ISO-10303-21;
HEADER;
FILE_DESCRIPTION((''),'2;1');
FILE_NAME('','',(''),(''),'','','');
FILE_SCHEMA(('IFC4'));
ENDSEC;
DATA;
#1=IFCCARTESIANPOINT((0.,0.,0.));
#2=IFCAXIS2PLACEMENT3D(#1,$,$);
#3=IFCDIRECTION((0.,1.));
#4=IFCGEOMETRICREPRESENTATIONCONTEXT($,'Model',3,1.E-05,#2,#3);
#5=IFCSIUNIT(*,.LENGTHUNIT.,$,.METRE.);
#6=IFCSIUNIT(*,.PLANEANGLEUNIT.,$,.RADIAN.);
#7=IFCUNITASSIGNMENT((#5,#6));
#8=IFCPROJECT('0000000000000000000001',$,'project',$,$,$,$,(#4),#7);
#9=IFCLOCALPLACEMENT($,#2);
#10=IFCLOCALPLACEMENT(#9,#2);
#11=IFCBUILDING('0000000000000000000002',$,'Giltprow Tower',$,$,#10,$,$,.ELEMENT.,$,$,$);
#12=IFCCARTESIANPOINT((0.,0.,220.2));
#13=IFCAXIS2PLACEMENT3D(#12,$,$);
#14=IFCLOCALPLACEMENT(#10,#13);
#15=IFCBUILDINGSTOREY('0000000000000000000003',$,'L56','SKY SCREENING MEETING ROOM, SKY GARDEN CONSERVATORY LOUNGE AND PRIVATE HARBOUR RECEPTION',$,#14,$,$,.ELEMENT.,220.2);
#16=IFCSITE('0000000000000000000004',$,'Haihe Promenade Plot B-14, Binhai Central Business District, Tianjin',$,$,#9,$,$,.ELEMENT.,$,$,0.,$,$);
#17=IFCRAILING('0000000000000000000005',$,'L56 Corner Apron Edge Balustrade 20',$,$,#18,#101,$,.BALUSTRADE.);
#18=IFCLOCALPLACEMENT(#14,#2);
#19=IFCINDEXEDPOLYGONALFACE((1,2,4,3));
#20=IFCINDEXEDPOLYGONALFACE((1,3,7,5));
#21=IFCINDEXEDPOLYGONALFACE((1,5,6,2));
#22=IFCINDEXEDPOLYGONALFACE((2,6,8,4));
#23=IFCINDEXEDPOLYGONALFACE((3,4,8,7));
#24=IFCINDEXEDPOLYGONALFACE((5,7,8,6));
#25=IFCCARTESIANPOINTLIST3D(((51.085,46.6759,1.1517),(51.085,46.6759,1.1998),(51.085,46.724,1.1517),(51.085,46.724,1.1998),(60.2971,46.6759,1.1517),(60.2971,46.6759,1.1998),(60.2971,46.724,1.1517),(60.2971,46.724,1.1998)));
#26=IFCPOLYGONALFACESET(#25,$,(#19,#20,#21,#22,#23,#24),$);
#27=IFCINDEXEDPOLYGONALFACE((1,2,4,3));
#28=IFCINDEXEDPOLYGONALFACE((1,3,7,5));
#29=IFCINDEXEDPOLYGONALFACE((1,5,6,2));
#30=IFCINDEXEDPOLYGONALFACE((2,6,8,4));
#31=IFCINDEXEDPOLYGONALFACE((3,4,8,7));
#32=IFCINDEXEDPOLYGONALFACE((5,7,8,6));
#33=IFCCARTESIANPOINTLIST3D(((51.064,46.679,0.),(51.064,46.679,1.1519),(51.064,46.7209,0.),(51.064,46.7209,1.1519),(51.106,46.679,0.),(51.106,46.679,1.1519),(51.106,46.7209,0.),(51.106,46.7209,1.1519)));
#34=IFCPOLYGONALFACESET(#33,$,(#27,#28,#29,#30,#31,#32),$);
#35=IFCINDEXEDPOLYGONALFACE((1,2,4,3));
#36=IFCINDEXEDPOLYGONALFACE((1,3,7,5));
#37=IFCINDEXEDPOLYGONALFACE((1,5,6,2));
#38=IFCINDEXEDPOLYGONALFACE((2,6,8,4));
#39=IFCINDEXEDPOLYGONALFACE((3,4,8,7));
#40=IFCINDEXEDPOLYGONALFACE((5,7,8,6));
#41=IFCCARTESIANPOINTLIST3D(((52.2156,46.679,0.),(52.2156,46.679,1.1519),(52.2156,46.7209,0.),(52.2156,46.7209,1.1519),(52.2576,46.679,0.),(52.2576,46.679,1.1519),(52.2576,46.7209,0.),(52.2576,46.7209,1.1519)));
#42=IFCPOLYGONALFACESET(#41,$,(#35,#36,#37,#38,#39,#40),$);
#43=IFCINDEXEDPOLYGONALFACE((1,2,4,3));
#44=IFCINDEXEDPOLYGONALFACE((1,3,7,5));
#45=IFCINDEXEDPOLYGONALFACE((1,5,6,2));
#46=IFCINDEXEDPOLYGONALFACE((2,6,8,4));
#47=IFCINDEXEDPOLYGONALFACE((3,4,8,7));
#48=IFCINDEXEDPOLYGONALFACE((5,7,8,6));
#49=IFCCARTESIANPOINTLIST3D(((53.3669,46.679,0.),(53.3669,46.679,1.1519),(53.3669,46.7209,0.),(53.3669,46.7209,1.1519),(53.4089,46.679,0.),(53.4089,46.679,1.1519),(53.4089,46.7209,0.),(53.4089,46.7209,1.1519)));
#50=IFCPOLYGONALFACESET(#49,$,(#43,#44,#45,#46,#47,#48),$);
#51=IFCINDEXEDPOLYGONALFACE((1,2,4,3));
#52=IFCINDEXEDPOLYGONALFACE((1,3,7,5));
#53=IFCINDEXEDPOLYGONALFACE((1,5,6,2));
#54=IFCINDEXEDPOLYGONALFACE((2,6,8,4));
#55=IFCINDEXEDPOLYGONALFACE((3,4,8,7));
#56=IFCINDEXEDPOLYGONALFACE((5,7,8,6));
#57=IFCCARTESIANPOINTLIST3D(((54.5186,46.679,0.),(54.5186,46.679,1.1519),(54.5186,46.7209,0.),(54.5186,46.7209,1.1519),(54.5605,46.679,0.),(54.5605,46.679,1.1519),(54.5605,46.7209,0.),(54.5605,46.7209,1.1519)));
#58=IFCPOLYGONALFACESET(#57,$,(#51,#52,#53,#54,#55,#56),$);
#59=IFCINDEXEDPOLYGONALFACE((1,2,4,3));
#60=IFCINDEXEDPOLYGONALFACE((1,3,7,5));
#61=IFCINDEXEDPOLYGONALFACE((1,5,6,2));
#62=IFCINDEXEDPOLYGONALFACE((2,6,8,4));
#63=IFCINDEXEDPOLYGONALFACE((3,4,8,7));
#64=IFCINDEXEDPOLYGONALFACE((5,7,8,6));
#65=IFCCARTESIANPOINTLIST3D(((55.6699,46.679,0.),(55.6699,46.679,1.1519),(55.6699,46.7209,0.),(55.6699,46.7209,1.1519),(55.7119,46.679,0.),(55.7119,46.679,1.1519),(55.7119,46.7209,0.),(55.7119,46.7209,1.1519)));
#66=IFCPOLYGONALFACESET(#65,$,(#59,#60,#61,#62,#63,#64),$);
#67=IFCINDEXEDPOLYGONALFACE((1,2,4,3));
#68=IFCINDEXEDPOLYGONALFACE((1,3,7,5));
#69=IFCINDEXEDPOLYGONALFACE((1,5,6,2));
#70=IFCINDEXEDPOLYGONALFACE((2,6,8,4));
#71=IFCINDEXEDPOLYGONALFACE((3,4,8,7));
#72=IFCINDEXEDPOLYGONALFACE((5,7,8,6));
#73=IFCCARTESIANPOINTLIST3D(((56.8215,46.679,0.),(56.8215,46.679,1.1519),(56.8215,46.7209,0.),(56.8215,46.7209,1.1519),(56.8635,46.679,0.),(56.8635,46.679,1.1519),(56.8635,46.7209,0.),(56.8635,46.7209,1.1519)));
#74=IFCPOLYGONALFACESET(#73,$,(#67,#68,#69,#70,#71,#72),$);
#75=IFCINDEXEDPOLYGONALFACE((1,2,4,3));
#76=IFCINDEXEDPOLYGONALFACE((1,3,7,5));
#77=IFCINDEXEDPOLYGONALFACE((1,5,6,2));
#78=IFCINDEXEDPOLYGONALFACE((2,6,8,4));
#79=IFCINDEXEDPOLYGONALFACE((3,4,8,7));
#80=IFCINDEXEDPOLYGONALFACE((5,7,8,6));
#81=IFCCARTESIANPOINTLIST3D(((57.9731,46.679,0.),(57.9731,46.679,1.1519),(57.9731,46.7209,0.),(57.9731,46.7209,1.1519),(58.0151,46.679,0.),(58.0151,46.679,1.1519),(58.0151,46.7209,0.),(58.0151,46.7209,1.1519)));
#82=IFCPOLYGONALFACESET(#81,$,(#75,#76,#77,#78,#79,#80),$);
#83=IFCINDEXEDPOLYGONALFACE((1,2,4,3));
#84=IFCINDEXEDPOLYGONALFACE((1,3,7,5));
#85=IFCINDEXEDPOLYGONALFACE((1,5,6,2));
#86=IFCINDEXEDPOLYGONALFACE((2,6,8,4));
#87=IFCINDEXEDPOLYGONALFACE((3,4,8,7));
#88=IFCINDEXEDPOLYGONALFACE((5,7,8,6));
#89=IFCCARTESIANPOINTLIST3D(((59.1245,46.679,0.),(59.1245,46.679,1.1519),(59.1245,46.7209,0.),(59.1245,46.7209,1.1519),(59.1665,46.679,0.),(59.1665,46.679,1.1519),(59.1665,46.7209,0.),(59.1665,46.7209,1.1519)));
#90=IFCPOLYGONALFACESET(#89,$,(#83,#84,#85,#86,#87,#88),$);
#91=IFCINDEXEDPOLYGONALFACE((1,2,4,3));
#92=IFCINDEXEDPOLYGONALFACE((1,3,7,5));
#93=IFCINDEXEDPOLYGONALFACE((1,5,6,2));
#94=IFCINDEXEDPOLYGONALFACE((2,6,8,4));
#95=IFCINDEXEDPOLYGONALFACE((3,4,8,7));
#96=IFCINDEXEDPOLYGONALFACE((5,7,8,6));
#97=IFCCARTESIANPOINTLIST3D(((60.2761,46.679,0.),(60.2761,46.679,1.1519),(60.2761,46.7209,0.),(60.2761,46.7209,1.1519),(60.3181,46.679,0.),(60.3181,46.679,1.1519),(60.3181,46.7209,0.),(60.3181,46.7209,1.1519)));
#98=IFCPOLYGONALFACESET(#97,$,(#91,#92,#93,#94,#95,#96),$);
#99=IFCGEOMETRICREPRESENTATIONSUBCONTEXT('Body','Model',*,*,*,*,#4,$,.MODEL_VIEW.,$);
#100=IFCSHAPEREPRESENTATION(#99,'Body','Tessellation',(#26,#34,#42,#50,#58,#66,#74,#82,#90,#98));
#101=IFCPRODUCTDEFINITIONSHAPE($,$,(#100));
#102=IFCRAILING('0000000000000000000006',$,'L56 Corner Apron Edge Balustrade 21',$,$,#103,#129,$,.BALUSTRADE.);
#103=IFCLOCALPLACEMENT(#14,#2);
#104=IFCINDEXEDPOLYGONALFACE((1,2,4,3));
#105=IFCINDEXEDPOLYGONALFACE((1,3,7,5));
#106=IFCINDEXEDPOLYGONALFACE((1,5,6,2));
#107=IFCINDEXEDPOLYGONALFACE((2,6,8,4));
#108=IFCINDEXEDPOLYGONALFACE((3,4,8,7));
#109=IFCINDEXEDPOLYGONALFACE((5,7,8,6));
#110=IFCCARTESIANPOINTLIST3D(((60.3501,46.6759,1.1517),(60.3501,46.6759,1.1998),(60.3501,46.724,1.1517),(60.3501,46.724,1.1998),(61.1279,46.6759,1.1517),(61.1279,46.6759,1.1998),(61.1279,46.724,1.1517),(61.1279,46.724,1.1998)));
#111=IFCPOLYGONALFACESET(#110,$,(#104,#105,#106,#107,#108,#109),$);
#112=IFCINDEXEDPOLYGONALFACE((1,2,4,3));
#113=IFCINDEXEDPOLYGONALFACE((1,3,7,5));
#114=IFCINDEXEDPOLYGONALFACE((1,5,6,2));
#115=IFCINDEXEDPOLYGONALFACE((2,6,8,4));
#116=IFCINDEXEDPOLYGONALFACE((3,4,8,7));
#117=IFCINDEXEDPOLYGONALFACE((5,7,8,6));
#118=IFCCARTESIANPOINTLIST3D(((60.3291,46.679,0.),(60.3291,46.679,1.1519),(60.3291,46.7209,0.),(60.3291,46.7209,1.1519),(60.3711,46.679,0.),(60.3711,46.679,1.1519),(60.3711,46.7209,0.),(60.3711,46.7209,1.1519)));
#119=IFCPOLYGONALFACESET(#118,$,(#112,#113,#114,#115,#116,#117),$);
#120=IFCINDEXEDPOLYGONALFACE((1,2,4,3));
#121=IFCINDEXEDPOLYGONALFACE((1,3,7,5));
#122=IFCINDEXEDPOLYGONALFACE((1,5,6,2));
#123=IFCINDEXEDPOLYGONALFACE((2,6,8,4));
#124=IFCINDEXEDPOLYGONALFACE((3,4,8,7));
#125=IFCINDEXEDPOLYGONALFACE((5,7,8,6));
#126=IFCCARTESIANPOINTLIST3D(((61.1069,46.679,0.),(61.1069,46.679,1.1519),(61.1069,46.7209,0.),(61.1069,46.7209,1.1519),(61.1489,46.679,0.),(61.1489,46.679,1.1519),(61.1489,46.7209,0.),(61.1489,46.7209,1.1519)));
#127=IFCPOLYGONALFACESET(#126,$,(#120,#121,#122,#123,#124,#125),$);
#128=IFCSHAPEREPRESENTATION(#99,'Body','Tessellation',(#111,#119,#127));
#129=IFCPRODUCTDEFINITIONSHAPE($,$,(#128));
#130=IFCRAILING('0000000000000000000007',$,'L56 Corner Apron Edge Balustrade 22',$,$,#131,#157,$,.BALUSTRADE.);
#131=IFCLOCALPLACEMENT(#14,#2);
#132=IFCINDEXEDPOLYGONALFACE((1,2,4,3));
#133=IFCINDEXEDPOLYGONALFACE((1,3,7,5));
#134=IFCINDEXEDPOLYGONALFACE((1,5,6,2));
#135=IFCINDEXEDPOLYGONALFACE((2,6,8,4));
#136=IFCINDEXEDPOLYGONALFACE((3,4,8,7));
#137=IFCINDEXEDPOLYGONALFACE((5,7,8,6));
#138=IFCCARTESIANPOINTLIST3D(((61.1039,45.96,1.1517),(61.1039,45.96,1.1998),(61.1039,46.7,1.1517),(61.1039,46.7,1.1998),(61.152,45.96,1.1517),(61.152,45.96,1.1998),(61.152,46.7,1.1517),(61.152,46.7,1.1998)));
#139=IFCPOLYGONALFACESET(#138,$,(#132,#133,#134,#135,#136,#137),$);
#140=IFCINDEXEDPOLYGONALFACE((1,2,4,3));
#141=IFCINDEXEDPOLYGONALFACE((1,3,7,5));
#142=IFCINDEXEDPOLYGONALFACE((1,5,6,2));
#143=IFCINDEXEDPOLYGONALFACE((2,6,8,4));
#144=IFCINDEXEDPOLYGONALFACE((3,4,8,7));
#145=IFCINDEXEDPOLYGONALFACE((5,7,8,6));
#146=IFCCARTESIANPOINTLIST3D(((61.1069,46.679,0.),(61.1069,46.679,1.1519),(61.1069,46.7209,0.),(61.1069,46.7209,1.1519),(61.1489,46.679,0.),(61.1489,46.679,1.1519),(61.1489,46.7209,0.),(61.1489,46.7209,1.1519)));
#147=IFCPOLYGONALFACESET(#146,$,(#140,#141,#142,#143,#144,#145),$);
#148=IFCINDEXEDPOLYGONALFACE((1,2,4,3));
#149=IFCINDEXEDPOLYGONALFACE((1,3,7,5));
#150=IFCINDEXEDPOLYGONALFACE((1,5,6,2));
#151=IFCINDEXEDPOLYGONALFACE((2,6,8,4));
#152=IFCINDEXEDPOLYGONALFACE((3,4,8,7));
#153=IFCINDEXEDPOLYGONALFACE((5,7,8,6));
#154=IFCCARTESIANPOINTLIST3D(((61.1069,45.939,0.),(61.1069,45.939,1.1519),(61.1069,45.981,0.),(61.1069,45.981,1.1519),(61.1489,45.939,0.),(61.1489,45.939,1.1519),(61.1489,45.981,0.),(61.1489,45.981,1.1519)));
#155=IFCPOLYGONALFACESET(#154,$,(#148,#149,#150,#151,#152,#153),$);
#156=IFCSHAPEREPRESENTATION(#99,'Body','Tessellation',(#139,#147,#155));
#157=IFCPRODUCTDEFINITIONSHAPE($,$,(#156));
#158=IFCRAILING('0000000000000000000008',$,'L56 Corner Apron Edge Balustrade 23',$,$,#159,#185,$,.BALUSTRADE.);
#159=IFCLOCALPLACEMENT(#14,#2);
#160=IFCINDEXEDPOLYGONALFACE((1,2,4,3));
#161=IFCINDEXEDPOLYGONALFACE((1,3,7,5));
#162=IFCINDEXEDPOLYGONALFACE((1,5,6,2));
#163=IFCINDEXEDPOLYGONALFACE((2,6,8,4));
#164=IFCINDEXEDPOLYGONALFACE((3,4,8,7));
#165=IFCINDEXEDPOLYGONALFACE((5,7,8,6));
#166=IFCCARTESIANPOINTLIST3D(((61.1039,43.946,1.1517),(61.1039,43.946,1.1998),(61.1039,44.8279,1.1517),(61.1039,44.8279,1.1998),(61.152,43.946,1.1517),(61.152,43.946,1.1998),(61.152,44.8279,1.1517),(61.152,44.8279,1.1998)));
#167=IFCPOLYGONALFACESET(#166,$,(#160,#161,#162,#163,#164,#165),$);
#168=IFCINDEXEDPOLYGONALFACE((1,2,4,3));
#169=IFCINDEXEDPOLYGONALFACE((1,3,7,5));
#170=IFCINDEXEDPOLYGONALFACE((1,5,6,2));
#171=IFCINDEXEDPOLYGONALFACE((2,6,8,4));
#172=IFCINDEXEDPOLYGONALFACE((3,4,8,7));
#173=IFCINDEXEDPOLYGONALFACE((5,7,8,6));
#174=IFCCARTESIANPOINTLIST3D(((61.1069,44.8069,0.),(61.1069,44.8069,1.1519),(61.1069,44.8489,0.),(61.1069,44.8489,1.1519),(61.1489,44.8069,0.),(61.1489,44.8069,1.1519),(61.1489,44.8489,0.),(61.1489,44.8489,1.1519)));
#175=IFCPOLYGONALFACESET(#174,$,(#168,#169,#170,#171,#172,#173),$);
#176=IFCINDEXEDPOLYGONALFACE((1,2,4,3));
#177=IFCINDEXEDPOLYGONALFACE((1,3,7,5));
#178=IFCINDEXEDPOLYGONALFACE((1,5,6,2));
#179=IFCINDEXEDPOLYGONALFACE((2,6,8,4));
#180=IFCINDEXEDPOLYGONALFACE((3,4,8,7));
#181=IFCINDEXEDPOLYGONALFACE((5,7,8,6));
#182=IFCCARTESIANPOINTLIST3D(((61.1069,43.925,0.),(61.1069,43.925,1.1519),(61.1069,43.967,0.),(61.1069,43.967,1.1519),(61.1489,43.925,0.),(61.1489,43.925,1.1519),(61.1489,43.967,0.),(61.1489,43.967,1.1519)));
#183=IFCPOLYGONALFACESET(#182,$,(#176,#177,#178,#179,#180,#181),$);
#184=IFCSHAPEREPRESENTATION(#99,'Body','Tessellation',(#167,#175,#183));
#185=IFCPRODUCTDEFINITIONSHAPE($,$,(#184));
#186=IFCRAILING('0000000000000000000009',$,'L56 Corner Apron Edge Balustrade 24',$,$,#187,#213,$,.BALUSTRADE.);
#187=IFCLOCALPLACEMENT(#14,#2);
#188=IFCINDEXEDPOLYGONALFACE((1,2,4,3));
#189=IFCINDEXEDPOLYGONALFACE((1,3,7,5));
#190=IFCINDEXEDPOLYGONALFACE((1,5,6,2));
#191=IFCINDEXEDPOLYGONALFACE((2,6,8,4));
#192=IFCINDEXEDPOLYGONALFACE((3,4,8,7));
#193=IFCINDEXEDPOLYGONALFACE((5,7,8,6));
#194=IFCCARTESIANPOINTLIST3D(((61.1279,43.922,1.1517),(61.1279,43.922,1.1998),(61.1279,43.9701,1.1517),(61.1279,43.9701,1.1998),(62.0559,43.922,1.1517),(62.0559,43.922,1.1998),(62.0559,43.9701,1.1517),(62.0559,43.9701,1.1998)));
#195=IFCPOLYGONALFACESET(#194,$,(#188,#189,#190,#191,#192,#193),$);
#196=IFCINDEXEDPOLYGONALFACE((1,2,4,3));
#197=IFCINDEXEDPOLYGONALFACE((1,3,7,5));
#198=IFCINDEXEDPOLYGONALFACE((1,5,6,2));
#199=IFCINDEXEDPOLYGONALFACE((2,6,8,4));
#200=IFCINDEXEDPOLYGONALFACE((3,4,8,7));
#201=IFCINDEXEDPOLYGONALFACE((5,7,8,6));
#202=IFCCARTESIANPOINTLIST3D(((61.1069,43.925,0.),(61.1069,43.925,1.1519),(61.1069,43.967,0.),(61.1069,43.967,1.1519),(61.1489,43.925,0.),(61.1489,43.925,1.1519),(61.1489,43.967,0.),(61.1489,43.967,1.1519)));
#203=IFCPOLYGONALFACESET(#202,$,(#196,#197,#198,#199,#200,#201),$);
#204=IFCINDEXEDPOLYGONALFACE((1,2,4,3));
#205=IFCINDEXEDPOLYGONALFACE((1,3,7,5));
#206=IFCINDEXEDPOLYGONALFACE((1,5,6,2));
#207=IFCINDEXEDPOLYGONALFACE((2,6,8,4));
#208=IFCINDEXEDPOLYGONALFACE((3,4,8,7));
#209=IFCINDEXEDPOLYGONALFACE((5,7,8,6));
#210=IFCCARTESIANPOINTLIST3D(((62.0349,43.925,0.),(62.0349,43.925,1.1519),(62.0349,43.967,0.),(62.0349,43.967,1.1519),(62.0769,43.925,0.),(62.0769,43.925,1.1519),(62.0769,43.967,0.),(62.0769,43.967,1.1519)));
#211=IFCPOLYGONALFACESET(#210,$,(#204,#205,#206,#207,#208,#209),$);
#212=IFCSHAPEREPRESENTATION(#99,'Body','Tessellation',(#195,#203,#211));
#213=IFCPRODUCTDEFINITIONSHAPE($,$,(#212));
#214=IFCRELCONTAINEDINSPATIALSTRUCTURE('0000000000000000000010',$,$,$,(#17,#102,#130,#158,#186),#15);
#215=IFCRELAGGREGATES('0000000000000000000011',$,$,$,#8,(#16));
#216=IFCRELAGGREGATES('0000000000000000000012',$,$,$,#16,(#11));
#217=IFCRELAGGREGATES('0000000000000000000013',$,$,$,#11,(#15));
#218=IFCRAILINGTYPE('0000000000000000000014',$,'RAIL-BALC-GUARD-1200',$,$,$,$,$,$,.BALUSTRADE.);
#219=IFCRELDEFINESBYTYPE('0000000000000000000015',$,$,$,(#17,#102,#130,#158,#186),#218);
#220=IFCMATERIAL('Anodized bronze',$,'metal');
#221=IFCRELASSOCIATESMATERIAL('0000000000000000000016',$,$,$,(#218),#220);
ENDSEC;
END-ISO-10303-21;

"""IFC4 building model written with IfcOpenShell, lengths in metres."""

from ifc_helpers import new_model, si_unit, direction, frame, origin, origin_2d, place, context, subcontext, project, spatial, rectangle, extrude, material, type_object, element, save


model = new_model("IFC4")

# Units and contexts
model_context = context("Model", 3, precision=1e-05, world=origin(), true_north=direction((0.0, 1.0)))
body_context = subcontext(model_context, "Body", "Model", "MODEL_VIEW")
ifc_project = project(units=[si_unit("LENGTHUNIT", "METRE"), si_unit("PLANEANGLEUNIT", "RADIAN")], contexts=[model_context])

# Site, building, storey
site_placement = place(None, origin())
site = spatial("IfcSite", under=ifc_project, at=site_placement, Name="Haihe Promenade Plot B-14, Binhai Central Business District, Tianjin", CompositionType="ELEMENT", RefElevation=0.0)
building_placement = place(site_placement, origin())
building = spatial("IfcBuilding", under=site, at=building_placement, Name="Giltprow Tower", CompositionType="ELEMENT")
storey_placement = place(building_placement, frame((0.0, 0.0, 220.2)))
storey = spatial("IfcBuildingStorey", under=building, at=storey_placement, Name="L56", Description="SKY SCREENING MEETING ROOM, SKY GARDEN CONSERVATORY LOUNGE AND PRIVATE HARBOUR RECEPTION", CompositionType="ELEMENT", Elevation=220.2)

# Railings
ifc_material_1 = material(Name="Anodized bronze", Category="metal")
railing_type_1 = type_object("IfcRailingType", Name="RAIL-BALC-GUARD-1200", PredefinedType="BALUSTRADE", material=ifc_material_1)
railing_1_placement = place(storey_placement, frame((51.085, 46.7, 0.0)))
element("IfcRailing", 1, at=railing_1_placement, inside=storey, type_object=railing_type_1, Name="L56 Corner Apron Edge Balustrade 20", PredefinedType="BALUSTRADE", context=body_context, shape_type="SweptSolid", body=[
    extrude(rectangle(XDim=0.0481, YDim=0.0481, at=origin_2d()), frame((0.0, 0.0, 1.1758), z_axis=(1.0, 0.0, 0.0), x_axis=(0.0, 1.0, 0.0)), (0.0, 0.0, 1.0), 9.2122),
    extrude(rectangle(XDim=0.042, YDim=0.042, at=origin_2d()), origin(), (0.0, 0.0, 1.0), 1.1519),
    extrude(rectangle(XDim=0.042, YDim=0.042, at=origin_2d()), frame((1.1516, 0.0, 0.0)), (0.0, 0.0, 1.0), 1.1519),
    extrude(rectangle(XDim=0.042, YDim=0.042, at=origin_2d()), frame((2.303, 0.0, 0.0)), (0.0, 0.0, 1.0), 1.1519),
    extrude(rectangle(XDim=0.042, YDim=0.042, at=origin_2d()), frame((3.4546, 0.0, 0.0)), (0.0, 0.0, 1.0), 1.1519),
    extrude(rectangle(XDim=0.042, YDim=0.042, at=origin_2d()), frame((4.606, 0.0, 0.0)), (0.0, 0.0, 1.0), 1.1519),
    extrude(rectangle(XDim=0.042, YDim=0.042, at=origin_2d()), frame((5.7576, 0.0, 0.0)), (0.0, 0.0, 1.0), 1.1519),
    extrude(rectangle(XDim=0.042, YDim=0.042, at=origin_2d()), frame((6.9092, 0.0, 0.0)), (0.0, 0.0, 1.0), 1.1519),
    extrude(rectangle(XDim=0.042, YDim=0.042, at=origin_2d()), frame((8.0605, 0.0, 0.0)), (0.0, 0.0, 1.0), 1.1519),
    extrude(rectangle(XDim=0.042, YDim=0.042, at=origin_2d()), frame((9.2122, 0.0, 0.0)), (0.0, 0.0, 1.0), 1.1519),
])
railing_2_placement = place(storey_placement, frame((60.3501, 46.7, 0.0)))
element("IfcRailing", 2, at=railing_2_placement, inside=storey, type_object=railing_type_1, Name="L56 Corner Apron Edge Balustrade 21", PredefinedType="BALUSTRADE", context=body_context, shape_type="SweptSolid", body=[
    extrude(rectangle(XDim=0.0481, YDim=0.0481, at=origin_2d()), frame((0.0, 0.0, 1.1758), z_axis=(1.0, 0.0, 0.0), x_axis=(0.0, 1.0, 0.0)), (0.0, 0.0, 1.0), 0.7778),
    extrude(rectangle(XDim=0.042, YDim=0.042, at=origin_2d()), origin(), (0.0, 0.0, 1.0), 1.1519),
    extrude(rectangle(XDim=0.042, YDim=0.042, at=origin_2d()), frame((0.7778, 0.0, 0.0)), (0.0, 0.0, 1.0), 1.1519),
])
railing_3_placement = place(storey_placement, frame((61.1279, 46.7, 0.0)))
element("IfcRailing", 3, at=railing_3_placement, inside=storey, type_object=railing_type_1, Name="L56 Corner Apron Edge Balustrade 22", PredefinedType="BALUSTRADE", context=body_context, shape_type="SweptSolid", body=[
    extrude(rectangle(XDim=0.0481, YDim=0.0481, at=origin_2d()), frame((0.0, 0.0, 1.1758), z_axis=(0.0, -1.0, 0.0), x_axis=(1.0, 0.0, 0.0)), (0.0, 0.0, 1.0), 0.74),
    extrude(rectangle(XDim=0.042, YDim=0.042, at=origin_2d()), origin(), (0.0, 0.0, 1.0), 1.1519),
    extrude(rectangle(XDim=0.042, YDim=0.042, at=origin_2d()), frame((0.0, -0.74, 0.0)), (0.0, 0.0, 1.0), 1.1519),
])
railing_4_placement = place(storey_placement, frame((61.1279, 44.8279, 0.0)))
element("IfcRailing", 4, at=railing_4_placement, inside=storey, type_object=railing_type_1, Name="L56 Corner Apron Edge Balustrade 23", PredefinedType="BALUSTRADE", context=body_context, shape_type="SweptSolid", body=[
    extrude(rectangle(XDim=0.0481, YDim=0.0481, at=origin_2d()), frame((0.0, 0.0, 1.1758), z_axis=(0.0, -1.0, 0.0), x_axis=(1.0, 0.0, 0.0)), (0.0, 0.0, 1.0), 0.8818),
    extrude(rectangle(XDim=0.042, YDim=0.042, at=origin_2d()), origin(), (0.0, 0.0, 1.0), 1.1519),
    extrude(rectangle(XDim=0.042, YDim=0.042, at=origin_2d()), frame((0.0, -0.8818, 0.0)), (0.0, 0.0, 1.0), 1.1519),
])
railing_5_placement = place(storey_placement, frame((61.1279, 43.946, 0.0)))
element("IfcRailing", 5, at=railing_5_placement, inside=storey, type_object=railing_type_1, Name="L56 Corner Apron Edge Balustrade 24", PredefinedType="BALUSTRADE", context=body_context, shape_type="SweptSolid", body=[
    extrude(rectangle(XDim=0.0481, YDim=0.0481, at=origin_2d()), frame((0.0, 0.0, 1.1758), z_axis=(1.0, 0.0, 0.0), x_axis=(0.0, 1.0, 0.0)), (0.0, 0.0, 1.0), 0.928),
    extrude(rectangle(XDim=0.042, YDim=0.042, at=origin_2d()), origin(), (0.0, 0.0, 1.0), 1.1519),
    extrude(rectangle(XDim=0.042, YDim=0.042, at=origin_2d()), frame((0.928, 0.0, 0.0)), (0.0, 0.0, 1.0), 1.1519),
])

save(model, "model.ifc")
